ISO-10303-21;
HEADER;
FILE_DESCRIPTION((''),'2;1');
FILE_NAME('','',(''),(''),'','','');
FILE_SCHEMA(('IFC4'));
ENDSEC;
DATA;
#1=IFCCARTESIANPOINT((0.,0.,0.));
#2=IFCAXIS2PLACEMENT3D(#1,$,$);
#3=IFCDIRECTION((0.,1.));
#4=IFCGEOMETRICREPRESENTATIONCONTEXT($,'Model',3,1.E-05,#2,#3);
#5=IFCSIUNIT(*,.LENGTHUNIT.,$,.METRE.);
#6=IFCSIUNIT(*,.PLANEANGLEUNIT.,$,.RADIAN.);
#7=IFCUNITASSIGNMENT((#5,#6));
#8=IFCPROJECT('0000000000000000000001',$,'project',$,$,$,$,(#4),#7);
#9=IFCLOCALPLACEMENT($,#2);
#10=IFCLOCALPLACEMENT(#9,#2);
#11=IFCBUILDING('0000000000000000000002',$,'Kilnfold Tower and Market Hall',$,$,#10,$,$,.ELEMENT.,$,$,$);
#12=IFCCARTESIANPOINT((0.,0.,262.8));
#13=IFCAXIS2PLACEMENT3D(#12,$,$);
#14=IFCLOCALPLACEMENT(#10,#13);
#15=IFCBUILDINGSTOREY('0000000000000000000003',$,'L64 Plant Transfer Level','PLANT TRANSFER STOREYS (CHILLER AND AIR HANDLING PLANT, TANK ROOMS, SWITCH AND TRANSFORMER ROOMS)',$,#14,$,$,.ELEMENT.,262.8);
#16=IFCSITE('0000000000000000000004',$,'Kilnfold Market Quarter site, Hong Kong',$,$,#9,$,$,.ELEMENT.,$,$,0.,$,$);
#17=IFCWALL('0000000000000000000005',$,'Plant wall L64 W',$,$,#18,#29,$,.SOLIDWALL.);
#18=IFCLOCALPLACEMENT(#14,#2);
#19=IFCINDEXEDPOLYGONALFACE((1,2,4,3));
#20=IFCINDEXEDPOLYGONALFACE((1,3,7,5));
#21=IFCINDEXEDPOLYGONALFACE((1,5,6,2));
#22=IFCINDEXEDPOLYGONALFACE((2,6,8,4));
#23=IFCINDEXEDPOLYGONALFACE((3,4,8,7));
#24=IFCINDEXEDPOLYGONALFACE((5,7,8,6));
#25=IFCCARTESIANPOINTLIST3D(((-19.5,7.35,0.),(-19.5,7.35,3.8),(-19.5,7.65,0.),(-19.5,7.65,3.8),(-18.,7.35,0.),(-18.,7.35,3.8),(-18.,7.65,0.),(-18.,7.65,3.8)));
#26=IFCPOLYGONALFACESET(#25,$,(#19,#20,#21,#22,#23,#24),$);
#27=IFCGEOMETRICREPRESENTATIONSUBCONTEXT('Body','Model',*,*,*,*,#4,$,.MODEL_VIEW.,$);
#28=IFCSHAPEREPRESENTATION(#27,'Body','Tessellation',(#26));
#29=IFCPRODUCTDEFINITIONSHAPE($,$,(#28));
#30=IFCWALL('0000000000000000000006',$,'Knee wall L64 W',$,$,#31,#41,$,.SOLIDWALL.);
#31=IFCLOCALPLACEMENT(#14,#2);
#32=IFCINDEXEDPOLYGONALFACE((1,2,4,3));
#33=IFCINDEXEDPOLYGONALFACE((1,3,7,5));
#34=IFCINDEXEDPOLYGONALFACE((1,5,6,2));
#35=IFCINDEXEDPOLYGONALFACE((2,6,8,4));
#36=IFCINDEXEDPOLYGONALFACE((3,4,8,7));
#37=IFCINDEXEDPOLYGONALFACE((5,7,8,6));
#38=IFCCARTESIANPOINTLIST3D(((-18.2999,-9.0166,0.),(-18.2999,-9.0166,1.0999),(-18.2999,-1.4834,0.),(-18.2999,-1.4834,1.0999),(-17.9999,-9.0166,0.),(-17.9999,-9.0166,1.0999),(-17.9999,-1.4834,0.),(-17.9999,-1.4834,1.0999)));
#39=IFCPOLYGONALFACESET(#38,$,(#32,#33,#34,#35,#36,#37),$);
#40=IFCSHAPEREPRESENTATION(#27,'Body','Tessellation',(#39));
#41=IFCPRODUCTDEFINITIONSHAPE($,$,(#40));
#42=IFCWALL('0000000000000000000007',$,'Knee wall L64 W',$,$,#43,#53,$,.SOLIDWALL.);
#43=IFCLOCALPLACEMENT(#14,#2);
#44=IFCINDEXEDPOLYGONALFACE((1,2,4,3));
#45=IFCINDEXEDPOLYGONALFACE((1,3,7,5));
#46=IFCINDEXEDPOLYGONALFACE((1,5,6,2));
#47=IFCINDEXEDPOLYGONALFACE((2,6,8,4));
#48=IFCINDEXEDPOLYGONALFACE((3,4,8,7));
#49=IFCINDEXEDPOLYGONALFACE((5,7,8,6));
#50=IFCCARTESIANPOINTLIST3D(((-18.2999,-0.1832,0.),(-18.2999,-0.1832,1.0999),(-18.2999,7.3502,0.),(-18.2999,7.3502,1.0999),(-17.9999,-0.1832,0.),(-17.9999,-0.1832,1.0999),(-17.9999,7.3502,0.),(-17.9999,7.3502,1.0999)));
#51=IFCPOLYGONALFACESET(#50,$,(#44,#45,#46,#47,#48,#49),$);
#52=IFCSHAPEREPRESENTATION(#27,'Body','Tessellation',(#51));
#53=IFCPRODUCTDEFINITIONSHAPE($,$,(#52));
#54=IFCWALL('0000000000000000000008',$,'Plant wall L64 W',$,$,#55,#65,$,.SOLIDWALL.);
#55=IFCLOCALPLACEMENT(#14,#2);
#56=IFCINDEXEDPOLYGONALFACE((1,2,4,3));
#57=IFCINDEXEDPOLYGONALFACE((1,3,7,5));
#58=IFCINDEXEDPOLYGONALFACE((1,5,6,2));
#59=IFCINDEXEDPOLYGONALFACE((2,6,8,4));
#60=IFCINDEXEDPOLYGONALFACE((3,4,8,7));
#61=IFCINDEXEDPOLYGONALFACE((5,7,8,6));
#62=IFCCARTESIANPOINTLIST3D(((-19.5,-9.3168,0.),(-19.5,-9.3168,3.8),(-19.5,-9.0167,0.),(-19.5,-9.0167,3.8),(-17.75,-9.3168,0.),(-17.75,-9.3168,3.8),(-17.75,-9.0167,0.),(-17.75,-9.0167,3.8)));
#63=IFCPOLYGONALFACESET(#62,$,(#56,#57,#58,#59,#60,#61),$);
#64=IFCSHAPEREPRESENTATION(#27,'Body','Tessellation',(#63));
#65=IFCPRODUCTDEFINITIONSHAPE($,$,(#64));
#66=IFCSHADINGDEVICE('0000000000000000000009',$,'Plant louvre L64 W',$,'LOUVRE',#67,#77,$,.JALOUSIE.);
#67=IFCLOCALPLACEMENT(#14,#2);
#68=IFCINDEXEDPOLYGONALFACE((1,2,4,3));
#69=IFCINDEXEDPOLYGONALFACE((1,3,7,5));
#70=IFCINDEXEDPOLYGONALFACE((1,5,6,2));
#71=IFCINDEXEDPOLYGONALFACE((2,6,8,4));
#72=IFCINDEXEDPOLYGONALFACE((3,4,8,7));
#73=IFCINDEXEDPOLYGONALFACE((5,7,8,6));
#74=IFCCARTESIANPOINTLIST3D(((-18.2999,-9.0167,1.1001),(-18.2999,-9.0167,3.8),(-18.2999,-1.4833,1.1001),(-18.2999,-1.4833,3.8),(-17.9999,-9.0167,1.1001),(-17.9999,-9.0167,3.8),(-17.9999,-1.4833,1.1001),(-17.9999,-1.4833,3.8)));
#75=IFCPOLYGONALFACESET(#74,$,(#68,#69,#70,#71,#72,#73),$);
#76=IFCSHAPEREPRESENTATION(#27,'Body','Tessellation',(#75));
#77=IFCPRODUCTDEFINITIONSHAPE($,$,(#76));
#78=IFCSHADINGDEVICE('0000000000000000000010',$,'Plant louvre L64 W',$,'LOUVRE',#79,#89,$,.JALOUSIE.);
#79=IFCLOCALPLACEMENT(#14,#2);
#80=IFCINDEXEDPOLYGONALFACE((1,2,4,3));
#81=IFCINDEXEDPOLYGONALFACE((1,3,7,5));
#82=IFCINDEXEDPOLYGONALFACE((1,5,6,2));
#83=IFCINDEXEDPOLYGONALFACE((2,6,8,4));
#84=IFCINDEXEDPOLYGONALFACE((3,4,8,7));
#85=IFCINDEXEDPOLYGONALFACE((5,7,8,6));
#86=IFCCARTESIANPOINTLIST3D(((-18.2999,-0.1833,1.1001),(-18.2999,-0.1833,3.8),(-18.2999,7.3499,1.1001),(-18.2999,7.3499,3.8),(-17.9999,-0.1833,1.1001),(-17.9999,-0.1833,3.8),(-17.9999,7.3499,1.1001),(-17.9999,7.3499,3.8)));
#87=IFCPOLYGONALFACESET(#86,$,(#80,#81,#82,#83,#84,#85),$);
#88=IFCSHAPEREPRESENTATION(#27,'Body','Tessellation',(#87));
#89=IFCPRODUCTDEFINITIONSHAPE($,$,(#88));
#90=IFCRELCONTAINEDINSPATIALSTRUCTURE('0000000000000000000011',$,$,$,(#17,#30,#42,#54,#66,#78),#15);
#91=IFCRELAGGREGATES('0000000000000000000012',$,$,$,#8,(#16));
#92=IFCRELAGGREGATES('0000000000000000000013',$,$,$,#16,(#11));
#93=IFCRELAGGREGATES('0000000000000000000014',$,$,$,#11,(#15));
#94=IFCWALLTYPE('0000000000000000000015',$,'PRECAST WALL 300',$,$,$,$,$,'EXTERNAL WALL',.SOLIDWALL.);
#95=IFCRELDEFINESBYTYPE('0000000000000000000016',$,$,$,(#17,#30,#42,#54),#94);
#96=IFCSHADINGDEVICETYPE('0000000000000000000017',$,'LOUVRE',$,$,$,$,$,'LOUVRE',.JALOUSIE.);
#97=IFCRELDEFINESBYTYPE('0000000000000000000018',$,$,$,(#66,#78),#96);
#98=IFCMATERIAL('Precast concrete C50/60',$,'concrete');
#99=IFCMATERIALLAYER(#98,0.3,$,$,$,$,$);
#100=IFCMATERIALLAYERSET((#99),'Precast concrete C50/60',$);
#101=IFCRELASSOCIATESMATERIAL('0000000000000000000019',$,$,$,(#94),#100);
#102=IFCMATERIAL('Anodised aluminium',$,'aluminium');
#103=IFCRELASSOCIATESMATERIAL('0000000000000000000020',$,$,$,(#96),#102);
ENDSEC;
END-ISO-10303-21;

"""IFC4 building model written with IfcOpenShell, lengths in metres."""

from ifc_helpers import new_model, si_unit, direction, frame, frame_2d, origin, origin_2d, place, context, subcontext, project, spatial, rectangle, extrude, source, transform, mapped, material, layer, layer_set, type_object, element, save


model = new_model("IFC4")

# Units and contexts
model_context = context("Model", 3, precision=1e-05, world=origin(), true_north=direction((0.0, 1.0)))
body_context = subcontext(model_context, "Body", "Model", "MODEL_VIEW")
ifc_project = project(units=[si_unit("LENGTHUNIT", "METRE"), si_unit("PLANEANGLEUNIT", "RADIAN")], contexts=[model_context])

# Site, building, storey
site_placement = place(None, origin())
site = spatial("IfcSite", under=ifc_project, at=site_placement, Name="Kilnfold Market Quarter site, Hong Kong", CompositionType="ELEMENT", RefElevation=0.0)
building_placement = place(site_placement, origin())
building = spatial("IfcBuilding", under=site, at=building_placement, Name="Kilnfold Tower and Market Hall", CompositionType="ELEMENT")
storey_placement = place(building_placement, frame((0.0, 0.0, 262.8)))
storey = spatial("IfcBuildingStorey", under=building, at=storey_placement, Name="L64 Plant Transfer Level", Description="PLANT TRANSFER STOREYS (CHILLER AND AIR HANDLING PLANT, TANK ROOMS, SWITCH AND TRANSFORMER ROOMS)", CompositionType="ELEMENT", Elevation=262.8)

# Walls
ifc_material_1 = material(Name="Precast concrete C50/60", Category="concrete")
ifc_layer_1 = layer(ifc_material_1, 0.3)
ifc_layer_set_1 = layer_set([ifc_layer_1], Name="Precast concrete C50/60")
wall_type_1 = type_object("IfcWallType", Name="PRECAST WALL 300", ElementType="EXTERNAL WALL", PredefinedType="SOLIDWALL", material=ifc_layer_set_1)
shared_shape_1 = source(origin(), body_context, "Body", "SweptSolid", [
    extrude(rectangle(XDim=1.5, YDim=0.3, at=frame_2d((0.75, 0.0))), origin(), (0.0, 0.0, 1.0), 3.8),
])
wall_1_placement = place(storey_placement, frame((-19.5, 7.5, 0.0), z_axis=(0.0, 0.0, 1.0), x_axis=(1.0, 0.0, 0.0)))
element("IfcWall", 1, at=wall_1_placement, inside=storey, type_object=wall_type_1, Name="Plant wall L64 W", PredefinedType="SOLIDWALL", context=body_context, shape_type="MappedRepresentation", body=[
    mapped(shared_shape_1, transform((0.0, 0.0, 0.0))),
])
shared_shape_2 = source(origin(), body_context, "Body", "SweptSolid", [
    extrude(rectangle(XDim=7.5332, YDim=0.3, at=frame_2d((3.7666, 0.0))), origin(), (0.0, 0.0, 1.0), 1.0999),
])
wall_2_placement = place(storey_placement, frame((-18.1499, -1.4834, 0.0), z_axis=(0.0, 0.0, 1.0), x_axis=(0.0, -1.0, 0.0)))
element("IfcWall", 2, at=wall_2_placement, inside=storey, type_object=wall_type_1, Name="Knee wall L64 W", PredefinedType="SOLIDWALL", context=body_context, shape_type="MappedRepresentation", body=[
    mapped(shared_shape_2, transform((0.0, 0.0, 0.0))),
])
shared_shape_3 = source(origin(), body_context, "Body", "SweptSolid", [
    extrude(rectangle(XDim=7.5334, YDim=0.3, at=frame_2d((3.7666, 0.0))), origin(), (0.0, 0.0, 1.0), 1.0999),
])
wall_3_placement = place(storey_placement, frame((-18.1499, 7.3501, 0.0), z_axis=(0.0, 0.0, 1.0), x_axis=(0.0, -1.0, 0.0)))
element("IfcWall", 3, at=wall_3_placement, inside=storey, type_object=wall_type_1, Name="Knee wall L64 W", PredefinedType="SOLIDWALL", context=body_context, shape_type="MappedRepresentation", body=[
    mapped(shared_shape_3, transform((0.0, 0.0, 0.0))),
])
shared_shape_4 = source(origin(), body_context, "Body", "SweptSolid", [
    extrude(rectangle(XDim=1.75, YDim=0.3, at=frame_2d((0.875, 0.0))), origin(), (0.0, 0.0, 1.0), 3.8),
])
wall_4_placement = place(storey_placement, frame((-19.5, -9.1667, 0.0), z_axis=(0.0, 0.0, 1.0), x_axis=(1.0, 0.0, 0.0)))
element("IfcWall", 4, at=wall_4_placement, inside=storey, type_object=wall_type_1, Name="Plant wall L64 W", PredefinedType="SOLIDWALL", context=body_context, shape_type="MappedRepresentation", body=[
    mapped(shared_shape_4, transform((0.0, 0.0, 0.0))),
])

# Shading devices
ifc_material_2 = material(Name="Anodised aluminium", Category="aluminium")
shading_device_type = type_object("IfcShadingDeviceType", Name="LOUVRE", ElementType="LOUVRE", PredefinedType="JALOUSIE", material=ifc_material_2)
shared_shape_5 = source(origin(), body_context, "Body", "SweptSolid", [
    extrude(rectangle(XDim=7.5334, YDim=0.3, at=origin_2d()), origin(), (0.0, 0.0, 1.0), 2.7),
])
shading_device_1_placement = place(storey_placement, frame((-18.1499, -5.25, 1.1001), z_axis=(0.0, 0.0, 1.0), x_axis=(0.0, -1.0, 0.0)))
element("IfcShadingDevice", 5, at=shading_device_1_placement, inside=storey, type_object=shading_device_type, Name="Plant louvre L64 W", ObjectType="LOUVRE", PredefinedType="JALOUSIE", context=body_context, shape_type="MappedRepresentation", body=[
    mapped(shared_shape_5, transform((0.0, 0.0, 0.0))),
])
shared_shape_6 = source(origin(), body_context, "Body", "SweptSolid", [
    extrude(rectangle(XDim=7.5332, YDim=0.3, at=origin_2d()), origin(), (0.0, 0.0, 1.0), 2.7),
])
shading_device_2_placement = place(storey_placement, frame((-18.1499, 3.5833, 1.1001), z_axis=(0.0, 0.0, 1.0), x_axis=(0.0, -1.0, 0.0)))
element("IfcShadingDevice", 6, at=shading_device_2_placement, inside=storey, type_object=shading_device_type, Name="Plant louvre L64 W", ObjectType="LOUVRE", PredefinedType="JALOUSIE", context=body_context, shape_type="MappedRepresentation", body=[
    mapped(shared_shape_6, transform((0.0, 0.0, 0.0))),
])

save(model, "model.ifc")
